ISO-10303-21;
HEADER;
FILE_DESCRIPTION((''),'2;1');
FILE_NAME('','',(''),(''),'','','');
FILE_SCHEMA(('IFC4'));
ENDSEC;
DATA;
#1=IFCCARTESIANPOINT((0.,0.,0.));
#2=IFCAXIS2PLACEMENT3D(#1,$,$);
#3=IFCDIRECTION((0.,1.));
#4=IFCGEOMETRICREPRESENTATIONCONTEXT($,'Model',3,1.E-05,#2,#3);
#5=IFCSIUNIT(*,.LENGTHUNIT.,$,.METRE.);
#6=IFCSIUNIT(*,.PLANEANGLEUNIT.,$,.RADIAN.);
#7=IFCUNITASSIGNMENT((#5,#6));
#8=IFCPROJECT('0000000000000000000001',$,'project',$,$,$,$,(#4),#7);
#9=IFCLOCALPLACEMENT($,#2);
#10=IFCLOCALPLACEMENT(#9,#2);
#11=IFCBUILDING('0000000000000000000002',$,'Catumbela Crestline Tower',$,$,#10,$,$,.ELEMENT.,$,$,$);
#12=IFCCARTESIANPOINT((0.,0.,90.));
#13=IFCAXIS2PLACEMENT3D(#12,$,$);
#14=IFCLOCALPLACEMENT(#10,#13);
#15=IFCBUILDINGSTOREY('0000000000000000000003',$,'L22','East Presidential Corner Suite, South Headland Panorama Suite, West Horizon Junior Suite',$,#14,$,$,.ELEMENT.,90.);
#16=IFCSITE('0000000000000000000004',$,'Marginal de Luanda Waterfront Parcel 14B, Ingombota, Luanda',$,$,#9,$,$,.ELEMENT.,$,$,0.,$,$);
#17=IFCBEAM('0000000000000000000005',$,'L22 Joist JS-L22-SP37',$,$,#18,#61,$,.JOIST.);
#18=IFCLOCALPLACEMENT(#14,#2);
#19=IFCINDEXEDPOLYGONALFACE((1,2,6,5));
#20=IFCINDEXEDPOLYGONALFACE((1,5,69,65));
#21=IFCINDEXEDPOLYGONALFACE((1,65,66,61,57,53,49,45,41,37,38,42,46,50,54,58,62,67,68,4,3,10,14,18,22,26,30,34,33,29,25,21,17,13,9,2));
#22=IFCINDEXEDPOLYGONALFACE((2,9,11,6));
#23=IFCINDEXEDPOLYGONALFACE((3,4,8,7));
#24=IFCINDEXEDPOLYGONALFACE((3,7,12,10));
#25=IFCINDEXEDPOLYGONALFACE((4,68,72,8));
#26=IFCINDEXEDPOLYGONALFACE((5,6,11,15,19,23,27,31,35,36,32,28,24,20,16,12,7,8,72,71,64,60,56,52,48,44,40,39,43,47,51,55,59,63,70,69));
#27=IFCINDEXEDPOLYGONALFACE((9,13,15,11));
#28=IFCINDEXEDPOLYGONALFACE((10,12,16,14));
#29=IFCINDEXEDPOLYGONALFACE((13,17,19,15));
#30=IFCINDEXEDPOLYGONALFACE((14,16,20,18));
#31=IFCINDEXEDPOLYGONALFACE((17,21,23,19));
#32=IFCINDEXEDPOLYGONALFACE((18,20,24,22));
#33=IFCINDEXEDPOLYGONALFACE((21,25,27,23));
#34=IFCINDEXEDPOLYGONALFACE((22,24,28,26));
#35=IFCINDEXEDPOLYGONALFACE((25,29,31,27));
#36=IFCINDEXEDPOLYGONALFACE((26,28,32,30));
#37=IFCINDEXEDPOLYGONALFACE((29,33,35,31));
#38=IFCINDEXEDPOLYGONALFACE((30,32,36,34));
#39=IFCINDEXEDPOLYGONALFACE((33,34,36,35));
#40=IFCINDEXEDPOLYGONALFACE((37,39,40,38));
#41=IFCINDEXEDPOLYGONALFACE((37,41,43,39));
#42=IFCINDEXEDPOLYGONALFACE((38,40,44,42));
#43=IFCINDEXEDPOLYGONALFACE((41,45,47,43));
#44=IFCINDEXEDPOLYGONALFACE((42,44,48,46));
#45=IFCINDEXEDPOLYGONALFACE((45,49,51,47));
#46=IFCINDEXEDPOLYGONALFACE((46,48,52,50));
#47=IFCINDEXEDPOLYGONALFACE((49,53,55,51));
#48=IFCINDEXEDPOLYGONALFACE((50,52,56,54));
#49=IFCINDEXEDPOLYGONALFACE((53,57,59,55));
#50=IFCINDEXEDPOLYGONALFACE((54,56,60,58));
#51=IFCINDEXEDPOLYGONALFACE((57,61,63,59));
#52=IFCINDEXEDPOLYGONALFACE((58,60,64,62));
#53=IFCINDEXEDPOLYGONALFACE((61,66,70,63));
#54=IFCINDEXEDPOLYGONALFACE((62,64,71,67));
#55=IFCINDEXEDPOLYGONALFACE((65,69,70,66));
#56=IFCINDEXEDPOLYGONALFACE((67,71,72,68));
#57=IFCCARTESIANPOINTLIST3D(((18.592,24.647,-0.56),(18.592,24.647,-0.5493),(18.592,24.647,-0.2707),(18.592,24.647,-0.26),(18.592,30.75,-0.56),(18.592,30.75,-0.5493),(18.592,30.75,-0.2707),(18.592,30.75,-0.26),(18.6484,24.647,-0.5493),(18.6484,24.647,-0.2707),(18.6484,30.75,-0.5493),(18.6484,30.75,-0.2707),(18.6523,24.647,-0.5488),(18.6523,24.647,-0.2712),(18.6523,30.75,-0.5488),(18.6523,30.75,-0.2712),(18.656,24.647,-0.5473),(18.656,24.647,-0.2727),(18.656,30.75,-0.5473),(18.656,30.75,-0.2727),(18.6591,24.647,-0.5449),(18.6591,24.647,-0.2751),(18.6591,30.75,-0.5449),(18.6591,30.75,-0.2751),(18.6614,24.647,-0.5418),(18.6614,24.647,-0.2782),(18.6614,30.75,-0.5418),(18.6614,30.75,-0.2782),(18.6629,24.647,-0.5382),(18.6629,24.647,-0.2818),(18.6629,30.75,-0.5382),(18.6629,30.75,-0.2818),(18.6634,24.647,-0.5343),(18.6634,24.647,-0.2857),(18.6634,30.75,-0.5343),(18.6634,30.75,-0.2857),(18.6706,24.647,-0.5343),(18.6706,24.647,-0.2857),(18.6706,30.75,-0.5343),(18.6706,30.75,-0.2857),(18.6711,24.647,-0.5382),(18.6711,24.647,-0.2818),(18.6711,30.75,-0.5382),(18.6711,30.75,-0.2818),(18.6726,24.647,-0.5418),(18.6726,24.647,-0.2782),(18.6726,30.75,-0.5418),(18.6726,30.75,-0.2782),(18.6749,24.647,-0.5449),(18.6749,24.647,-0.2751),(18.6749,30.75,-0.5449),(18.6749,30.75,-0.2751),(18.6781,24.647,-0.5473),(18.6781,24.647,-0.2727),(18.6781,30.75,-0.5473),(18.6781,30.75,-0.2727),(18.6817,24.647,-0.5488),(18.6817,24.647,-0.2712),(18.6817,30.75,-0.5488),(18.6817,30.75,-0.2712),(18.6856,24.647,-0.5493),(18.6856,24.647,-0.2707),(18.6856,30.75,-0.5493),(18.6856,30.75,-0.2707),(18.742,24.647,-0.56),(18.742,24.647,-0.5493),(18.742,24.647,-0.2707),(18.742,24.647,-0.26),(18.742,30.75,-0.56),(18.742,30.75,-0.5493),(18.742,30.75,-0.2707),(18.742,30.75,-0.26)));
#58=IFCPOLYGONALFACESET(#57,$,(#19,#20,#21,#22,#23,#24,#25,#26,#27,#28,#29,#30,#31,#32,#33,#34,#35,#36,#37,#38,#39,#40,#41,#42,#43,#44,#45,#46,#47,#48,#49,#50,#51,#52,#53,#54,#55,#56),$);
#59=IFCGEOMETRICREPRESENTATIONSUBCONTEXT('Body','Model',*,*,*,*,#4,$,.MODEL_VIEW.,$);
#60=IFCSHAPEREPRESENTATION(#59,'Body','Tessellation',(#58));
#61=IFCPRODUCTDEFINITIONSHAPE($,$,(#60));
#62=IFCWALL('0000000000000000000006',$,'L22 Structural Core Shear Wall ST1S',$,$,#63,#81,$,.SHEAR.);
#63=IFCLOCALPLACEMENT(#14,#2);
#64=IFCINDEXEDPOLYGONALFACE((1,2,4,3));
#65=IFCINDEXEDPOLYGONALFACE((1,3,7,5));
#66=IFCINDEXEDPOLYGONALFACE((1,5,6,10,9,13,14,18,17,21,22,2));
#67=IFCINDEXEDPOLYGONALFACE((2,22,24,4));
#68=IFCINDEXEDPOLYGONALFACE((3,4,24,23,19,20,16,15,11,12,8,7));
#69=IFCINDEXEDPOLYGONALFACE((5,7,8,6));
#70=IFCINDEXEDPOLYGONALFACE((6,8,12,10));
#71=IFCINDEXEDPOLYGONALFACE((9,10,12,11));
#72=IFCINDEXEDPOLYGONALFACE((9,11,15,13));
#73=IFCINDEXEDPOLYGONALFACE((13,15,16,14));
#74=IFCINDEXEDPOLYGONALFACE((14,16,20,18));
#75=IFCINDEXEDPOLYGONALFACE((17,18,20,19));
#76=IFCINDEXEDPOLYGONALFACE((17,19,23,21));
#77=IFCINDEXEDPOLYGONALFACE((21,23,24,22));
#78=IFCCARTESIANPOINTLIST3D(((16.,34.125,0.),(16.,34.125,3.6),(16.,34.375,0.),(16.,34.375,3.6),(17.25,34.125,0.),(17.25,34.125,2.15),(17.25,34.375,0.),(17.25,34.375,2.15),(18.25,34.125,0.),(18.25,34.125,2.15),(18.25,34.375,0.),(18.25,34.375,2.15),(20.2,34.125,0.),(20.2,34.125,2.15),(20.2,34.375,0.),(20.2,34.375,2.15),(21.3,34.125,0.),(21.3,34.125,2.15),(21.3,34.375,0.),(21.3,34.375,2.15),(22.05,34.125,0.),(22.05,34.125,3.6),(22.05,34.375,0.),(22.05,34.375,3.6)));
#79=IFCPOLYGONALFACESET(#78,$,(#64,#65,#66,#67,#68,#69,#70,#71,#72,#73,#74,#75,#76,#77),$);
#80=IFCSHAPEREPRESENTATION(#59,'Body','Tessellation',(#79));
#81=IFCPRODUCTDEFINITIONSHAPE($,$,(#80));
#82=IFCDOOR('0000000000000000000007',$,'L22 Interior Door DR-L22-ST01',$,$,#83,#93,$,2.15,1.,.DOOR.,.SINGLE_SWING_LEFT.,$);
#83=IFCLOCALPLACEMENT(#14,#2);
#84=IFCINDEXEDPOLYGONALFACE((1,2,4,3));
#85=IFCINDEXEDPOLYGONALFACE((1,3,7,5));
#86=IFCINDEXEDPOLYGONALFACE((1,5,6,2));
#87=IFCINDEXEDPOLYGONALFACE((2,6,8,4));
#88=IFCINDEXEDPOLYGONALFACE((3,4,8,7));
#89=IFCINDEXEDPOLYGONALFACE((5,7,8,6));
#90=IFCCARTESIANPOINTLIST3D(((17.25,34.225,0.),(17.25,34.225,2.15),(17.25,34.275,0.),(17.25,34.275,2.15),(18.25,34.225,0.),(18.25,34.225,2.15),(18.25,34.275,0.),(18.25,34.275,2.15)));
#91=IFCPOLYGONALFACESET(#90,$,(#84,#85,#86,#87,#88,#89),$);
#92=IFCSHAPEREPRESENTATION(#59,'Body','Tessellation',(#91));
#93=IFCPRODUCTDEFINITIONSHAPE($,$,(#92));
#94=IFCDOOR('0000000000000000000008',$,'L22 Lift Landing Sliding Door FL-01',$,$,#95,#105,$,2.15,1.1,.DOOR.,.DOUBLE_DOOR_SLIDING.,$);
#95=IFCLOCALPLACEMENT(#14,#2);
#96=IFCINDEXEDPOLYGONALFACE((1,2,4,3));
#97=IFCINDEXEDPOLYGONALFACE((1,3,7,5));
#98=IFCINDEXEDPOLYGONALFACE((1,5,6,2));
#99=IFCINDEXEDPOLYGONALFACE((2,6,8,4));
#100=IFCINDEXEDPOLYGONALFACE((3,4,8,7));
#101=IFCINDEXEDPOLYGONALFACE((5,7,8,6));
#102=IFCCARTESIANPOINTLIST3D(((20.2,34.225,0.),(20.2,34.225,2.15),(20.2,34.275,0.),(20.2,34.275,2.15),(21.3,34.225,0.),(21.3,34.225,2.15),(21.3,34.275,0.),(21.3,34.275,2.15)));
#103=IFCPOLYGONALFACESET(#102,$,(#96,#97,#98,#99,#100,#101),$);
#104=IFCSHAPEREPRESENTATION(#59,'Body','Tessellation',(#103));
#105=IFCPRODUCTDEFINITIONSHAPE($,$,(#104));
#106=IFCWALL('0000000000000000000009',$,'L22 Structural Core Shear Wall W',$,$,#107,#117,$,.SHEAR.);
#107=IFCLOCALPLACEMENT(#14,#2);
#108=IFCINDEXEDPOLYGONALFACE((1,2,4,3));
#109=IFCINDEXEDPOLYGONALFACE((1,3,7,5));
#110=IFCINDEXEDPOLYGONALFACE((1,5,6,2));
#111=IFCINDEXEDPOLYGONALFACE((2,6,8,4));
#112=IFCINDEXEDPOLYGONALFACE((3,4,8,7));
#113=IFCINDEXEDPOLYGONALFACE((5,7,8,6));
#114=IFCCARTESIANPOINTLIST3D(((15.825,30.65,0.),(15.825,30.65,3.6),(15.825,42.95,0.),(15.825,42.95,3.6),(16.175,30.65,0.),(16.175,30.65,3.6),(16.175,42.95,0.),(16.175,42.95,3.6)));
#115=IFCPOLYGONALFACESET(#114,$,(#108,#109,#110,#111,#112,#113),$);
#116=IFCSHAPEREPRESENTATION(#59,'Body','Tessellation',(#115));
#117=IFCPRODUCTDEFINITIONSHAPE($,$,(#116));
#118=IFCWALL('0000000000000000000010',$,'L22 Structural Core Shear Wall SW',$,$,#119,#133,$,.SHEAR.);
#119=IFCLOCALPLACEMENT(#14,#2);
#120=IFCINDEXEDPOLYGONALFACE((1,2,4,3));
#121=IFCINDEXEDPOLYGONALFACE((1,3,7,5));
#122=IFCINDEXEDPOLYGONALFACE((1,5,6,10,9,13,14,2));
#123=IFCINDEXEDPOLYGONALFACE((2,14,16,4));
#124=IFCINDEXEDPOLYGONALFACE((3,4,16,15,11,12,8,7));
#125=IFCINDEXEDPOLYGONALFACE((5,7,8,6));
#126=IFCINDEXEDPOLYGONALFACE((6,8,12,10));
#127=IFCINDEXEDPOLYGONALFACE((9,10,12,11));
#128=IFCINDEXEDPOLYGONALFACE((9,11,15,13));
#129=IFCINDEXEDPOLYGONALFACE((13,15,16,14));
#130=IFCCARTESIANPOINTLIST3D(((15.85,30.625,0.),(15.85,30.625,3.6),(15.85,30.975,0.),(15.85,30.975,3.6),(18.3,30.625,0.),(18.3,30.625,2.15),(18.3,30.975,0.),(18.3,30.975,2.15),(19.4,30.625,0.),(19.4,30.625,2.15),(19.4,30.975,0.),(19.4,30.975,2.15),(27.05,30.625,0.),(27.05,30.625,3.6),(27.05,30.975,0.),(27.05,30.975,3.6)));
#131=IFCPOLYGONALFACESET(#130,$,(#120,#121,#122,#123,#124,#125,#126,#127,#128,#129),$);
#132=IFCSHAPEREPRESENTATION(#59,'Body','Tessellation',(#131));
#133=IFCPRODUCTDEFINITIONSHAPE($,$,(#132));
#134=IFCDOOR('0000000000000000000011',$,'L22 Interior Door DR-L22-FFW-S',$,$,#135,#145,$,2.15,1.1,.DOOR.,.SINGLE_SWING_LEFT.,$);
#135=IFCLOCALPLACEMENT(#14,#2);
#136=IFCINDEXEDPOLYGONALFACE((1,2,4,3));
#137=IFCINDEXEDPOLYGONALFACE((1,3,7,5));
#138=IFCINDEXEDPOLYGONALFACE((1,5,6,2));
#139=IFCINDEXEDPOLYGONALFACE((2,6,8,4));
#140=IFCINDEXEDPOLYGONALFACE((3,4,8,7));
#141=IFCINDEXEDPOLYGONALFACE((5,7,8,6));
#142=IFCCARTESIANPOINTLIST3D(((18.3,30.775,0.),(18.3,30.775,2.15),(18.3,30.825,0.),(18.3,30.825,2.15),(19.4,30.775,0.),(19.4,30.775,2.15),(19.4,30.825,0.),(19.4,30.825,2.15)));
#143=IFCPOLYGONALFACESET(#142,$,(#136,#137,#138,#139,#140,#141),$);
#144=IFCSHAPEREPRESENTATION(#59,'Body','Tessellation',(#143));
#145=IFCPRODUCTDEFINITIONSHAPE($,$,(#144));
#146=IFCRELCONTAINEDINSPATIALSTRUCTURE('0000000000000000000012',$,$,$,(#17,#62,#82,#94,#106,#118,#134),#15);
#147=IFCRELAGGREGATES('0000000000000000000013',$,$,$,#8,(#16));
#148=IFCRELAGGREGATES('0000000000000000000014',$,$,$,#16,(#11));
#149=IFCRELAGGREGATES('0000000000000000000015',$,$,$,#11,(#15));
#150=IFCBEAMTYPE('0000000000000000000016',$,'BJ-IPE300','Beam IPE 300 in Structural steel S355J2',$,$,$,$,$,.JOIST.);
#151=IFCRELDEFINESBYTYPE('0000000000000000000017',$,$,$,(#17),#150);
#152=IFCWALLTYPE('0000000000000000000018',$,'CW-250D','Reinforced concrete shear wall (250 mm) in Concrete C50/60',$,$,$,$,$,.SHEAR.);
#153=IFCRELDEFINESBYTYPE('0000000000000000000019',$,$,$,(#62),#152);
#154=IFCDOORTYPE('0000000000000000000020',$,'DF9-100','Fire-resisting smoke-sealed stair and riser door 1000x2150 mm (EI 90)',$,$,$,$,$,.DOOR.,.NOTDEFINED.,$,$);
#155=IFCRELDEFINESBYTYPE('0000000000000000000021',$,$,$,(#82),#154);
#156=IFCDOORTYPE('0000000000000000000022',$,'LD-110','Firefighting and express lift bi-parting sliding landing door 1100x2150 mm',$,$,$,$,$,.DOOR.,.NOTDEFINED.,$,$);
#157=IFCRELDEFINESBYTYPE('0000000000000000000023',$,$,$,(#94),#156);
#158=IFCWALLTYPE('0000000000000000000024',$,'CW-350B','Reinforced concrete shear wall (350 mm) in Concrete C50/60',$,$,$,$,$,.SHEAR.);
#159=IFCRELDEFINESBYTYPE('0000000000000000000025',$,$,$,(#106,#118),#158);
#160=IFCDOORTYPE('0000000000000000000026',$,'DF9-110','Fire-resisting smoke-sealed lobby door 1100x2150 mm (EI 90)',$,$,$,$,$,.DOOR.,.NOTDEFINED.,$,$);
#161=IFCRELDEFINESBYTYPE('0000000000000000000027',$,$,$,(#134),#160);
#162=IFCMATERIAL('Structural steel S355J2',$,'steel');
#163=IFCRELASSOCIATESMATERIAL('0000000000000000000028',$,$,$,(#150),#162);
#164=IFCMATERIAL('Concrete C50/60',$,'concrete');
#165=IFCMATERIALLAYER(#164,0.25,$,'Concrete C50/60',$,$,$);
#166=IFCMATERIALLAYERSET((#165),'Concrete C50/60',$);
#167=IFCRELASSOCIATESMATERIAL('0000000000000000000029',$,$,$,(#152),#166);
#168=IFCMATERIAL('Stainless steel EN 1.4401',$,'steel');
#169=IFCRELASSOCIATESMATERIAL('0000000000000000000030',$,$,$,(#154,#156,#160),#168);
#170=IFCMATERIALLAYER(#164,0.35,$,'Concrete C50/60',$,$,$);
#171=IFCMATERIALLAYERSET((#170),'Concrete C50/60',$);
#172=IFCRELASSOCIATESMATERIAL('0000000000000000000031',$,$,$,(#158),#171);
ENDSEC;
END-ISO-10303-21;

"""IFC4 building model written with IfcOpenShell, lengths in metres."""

from ifc_helpers import new_model, si_unit, direction, frame, frame_2d, origin, origin_2d, place, context, subcontext, project, spatial, rectangle, i_section, extrude, material, layer, layer_set, material_profile, profile_set, type_object, element, fill, save


model = new_model("IFC4")

# Units and contexts
model_context = context("Model", 3, precision=1e-05, world=origin(), true_north=direction((0.0, 1.0)))
body_context = subcontext(model_context, "Body", "Model", "MODEL_VIEW")
ifc_project = project(units=[si_unit("LENGTHUNIT", "METRE"), si_unit("PLANEANGLEUNIT", "RADIAN")], contexts=[model_context])

# Site, building, storey
site_placement = place(None, origin())
site = spatial("IfcSite", under=ifc_project, at=site_placement, Name="Marginal de Luanda Waterfront Parcel 14B, Ingombota, Luanda", CompositionType="ELEMENT", RefElevation=0.0)
building_placement = place(site_placement, origin())
building = spatial("IfcBuilding", under=site, at=building_placement, Name="Catumbela Crestline Tower", CompositionType="ELEMENT")
storey_placement = place(building_placement, frame((0.0, 0.0, 90.0)))
storey = spatial("IfcBuildingStorey", under=building, at=storey_placement, Name="L22", Description="East Presidential Corner Suite, South Headland Panorama Suite, West Horizon Junior Suite", CompositionType="ELEMENT", Elevation=90.0)

# Shared definitions
ifc_material_1 = material(Name="Concrete C50/60", Category="concrete")

# Beam
ifc_material_2 = material(Name="Structural steel S355J2", Category="steel")
ifc_material_profile_1 = material_profile(ifc_material_2, i_section(OverallWidth=0.15, OverallDepth=0.3, WebThickness=0.0071, FlangeThickness=0.0107, FilletRadius=0.015, at=origin_2d()), Name="IPE 300")
ifc_profile_set_1 = profile_set([ifc_material_profile_1], Name="Structural steel S355J2")
beam_type_1 = type_object("IfcBeamType", Name="BJ-IPE300", Description="Beam IPE 300 in Structural steel S355J2", PredefinedType="JOIST", material=ifc_profile_set_1)
beam_1_placement = place(storey_placement, frame((18.667, 24.647, -0.41), z_axis=(0.0, 1.0, 0.0), x_axis=(-1.0, 0.0, 0.0)))
element("IfcBeam", 1, at=beam_1_placement, inside=storey, type_object=beam_type_1, Name="L22 Joist JS-L22-SP37", PredefinedType="JOIST", context=body_context, shape_type="SweptSolid", body=[
    extrude(i_section(OverallWidth=0.15, OverallDepth=0.3, WebThickness=0.0071, FlangeThickness=0.0107, FilletRadius=0.015, at=origin_2d()), origin(), (0.0, 0.0, 1.0), 6.103),
])

# Wall, openings, doors
ifc_layer_1 = layer(ifc_material_1, 0.25, Name="Concrete C50/60")
ifc_layer_set_1 = layer_set([ifc_layer_1], Name="Concrete C50/60")
wall_type_1 = type_object("IfcWallType", Name="CW-250D", Description="Reinforced concrete shear wall (250 mm) in Concrete C50/60", PredefinedType="SHEAR", material=ifc_layer_set_1)
wall_1_placement = place(storey_placement, frame((16.0, 34.25, 0.0), z_axis=(0.0, 0.0, 1.0), x_axis=(1.0, 0.0, 0.0)))
wall_1 = element("IfcWall", 2, at=wall_1_placement, inside=storey, type_object=wall_type_1, Name="L22 Structural Core Shear Wall ST1S", PredefinedType="SHEAR", context=body_context, shape_type="SweptSolid", body=[
    extrude(rectangle(XDim=6.05, YDim=0.25, at=frame_2d((3.025, 0.0))), origin(), (0.0, 0.0, 1.0), 3.6),
])
opening_1_placement = place(wall_1_placement, frame((1.25, 0.0, 0.0)))
opening_1 = element("IfcOpeningElement", 3, at=opening_1_placement, cuts=wall_1, PredefinedType="OPENING", context=body_context, shape_type="SweptSolid", body=[
    extrude(rectangle(XDim=1.0, YDim=2.15, at=frame_2d((0.5, 1.075))), frame((0.0, 0.135, 0.0), z_axis=(0.0, -1.0, 0.0), x_axis=(1.0, 0.0, 0.0)), (0.0, 0.0, 1.0), 0.27),
])
opening_2_placement = place(wall_1_placement, frame((4.2, 0.0, 0.0)))
opening_2 = element("IfcOpeningElement", 4, at=opening_2_placement, cuts=wall_1, PredefinedType="OPENING", context=body_context, shape_type="SweptSolid", body=[
    extrude(rectangle(XDim=1.1, YDim=2.15, at=frame_2d((0.55, 1.075))), frame((0.0, 0.135, 0.0), z_axis=(0.0, -1.0, 0.0), x_axis=(1.0, 0.0, 0.0)), (0.0, 0.0, 1.0), 0.27),
])
ifc_material_3 = material(Name="Stainless steel EN 1.4401", Category="steel")
door_type_1 = type_object("IfcDoorType", Name="DF9-100", Description="Fire-resisting smoke-sealed stair and riser door 1000x2150 mm (EI 90)", OperationType="NOTDEFINED", PredefinedType="DOOR", material=ifc_material_3)
door_1_placement = place(opening_1_placement, origin())
door_1 = element("IfcDoor", 5, at=door_1_placement, inside=storey, type_object=door_type_1, Name="L22 Interior Door DR-L22-ST01", OperationType="SINGLE_SWING_LEFT", OverallHeight=2.15, OverallWidth=1.0, PredefinedType="DOOR", context=body_context, shape_type="SweptSolid", body=[
    extrude(rectangle(XDim=1.0, YDim=2.15, at=frame_2d((0.5, 1.075))), frame((0.0, 0.025, 0.0), z_axis=(0.0, -1.0, 0.0), x_axis=(1.0, 0.0, 0.0)), (0.0, 0.0, 1.0), 0.05),
])
fill(opening_1, door_1)
door_type_2 = type_object("IfcDoorType", Name="LD-110", Description="Firefighting and express lift bi-parting sliding landing door 1100x2150 mm", OperationType="NOTDEFINED", PredefinedType="DOOR", material=ifc_material_3)
door_2_placement = place(opening_2_placement, origin())
door_2 = element("IfcDoor", 6, at=door_2_placement, inside=storey, type_object=door_type_2, Name="L22 Lift Landing Sliding Door FL-01", OperationType="DOUBLE_DOOR_SLIDING", OverallHeight=2.15, OverallWidth=1.1, PredefinedType="DOOR", context=body_context, shape_type="SweptSolid", body=[
    extrude(rectangle(XDim=1.1, YDim=2.15, at=frame_2d((0.55, 1.075))), frame((0.0, 0.025, 0.0), z_axis=(0.0, -1.0, 0.0), x_axis=(1.0, 0.0, 0.0)), (0.0, 0.0, 1.0), 0.05),
])
fill(opening_2, door_2)

# Wall
ifc_layer_2 = layer(ifc_material_1, 0.35, Name="Concrete C50/60")
ifc_layer_set_2 = layer_set([ifc_layer_2], Name="Concrete C50/60")
wall_type_2 = type_object("IfcWallType", Name="CW-350B", Description="Reinforced concrete shear wall (350 mm) in Concrete C50/60", PredefinedType="SHEAR", material=ifc_layer_set_2)
wall_2_placement = place(storey_placement, frame((16.0, 30.65, 0.0), z_axis=(0.0, 0.0, 1.0), x_axis=(0.0, 1.0, 0.0)))
element("IfcWall", 7, at=wall_2_placement, inside=storey, type_object=wall_type_2, Name="L22 Structural Core Shear Wall W", PredefinedType="SHEAR", context=body_context, shape_type="SweptSolid", body=[
    extrude(rectangle(XDim=12.3, YDim=0.35, at=frame_2d((6.15, 0.0))), origin(), (0.0, 0.0, 1.0), 3.6),
])

# Wall, opening, door
wall_3_placement = place(storey_placement, frame((15.85, 30.8, 0.0), z_axis=(0.0, 0.0, 1.0), x_axis=(1.0, 0.0, 0.0)))
wall_3 = element("IfcWall", 8, at=wall_3_placement, inside=storey, type_object=wall_type_2, Name="L22 Structural Core Shear Wall SW", PredefinedType="SHEAR", context=body_context, shape_type="SweptSolid", body=[
    extrude(rectangle(XDim=11.2, YDim=0.35, at=frame_2d((5.6, 0.0))), origin(), (0.0, 0.0, 1.0), 3.6),
])
opening_3_placement = place(wall_3_placement, frame((2.45, 0.0, 0.0)))
opening_3 = element("IfcOpeningElement", 9, at=opening_3_placement, cuts=wall_3, PredefinedType="OPENING", context=body_context, shape_type="SweptSolid", body=[
    extrude(rectangle(XDim=1.1, YDim=2.15, at=frame_2d((0.55, 1.075))), frame((0.0, 0.185, 0.0), z_axis=(0.0, -1.0, 0.0), x_axis=(1.0, 0.0, 0.0)), (0.0, 0.0, 1.0), 0.37),
])
door_type_3 = type_object("IfcDoorType", Name="DF9-110", Description="Fire-resisting smoke-sealed lobby door 1100x2150 mm (EI 90)", OperationType="NOTDEFINED", PredefinedType="DOOR", material=ifc_material_3)
door_3_placement = place(opening_3_placement, origin())
door_3 = element("IfcDoor", 10, at=door_3_placement, inside=storey, type_object=door_type_3, Name="L22 Interior Door DR-L22-FFW-S", OperationType="SINGLE_SWING_LEFT", OverallHeight=2.15, OverallWidth=1.1, PredefinedType="DOOR", context=body_context, shape_type="SweptSolid", body=[
    extrude(rectangle(XDim=1.1, YDim=2.15, at=frame_2d((0.55, 1.075))), frame((0.0, 0.025, 0.0), z_axis=(0.0, -1.0, 0.0), x_axis=(1.0, 0.0, 0.0)), (0.0, 0.0, 1.0), 0.05),
])
fill(opening_3, door_3)

save(model, "model.ifc")
